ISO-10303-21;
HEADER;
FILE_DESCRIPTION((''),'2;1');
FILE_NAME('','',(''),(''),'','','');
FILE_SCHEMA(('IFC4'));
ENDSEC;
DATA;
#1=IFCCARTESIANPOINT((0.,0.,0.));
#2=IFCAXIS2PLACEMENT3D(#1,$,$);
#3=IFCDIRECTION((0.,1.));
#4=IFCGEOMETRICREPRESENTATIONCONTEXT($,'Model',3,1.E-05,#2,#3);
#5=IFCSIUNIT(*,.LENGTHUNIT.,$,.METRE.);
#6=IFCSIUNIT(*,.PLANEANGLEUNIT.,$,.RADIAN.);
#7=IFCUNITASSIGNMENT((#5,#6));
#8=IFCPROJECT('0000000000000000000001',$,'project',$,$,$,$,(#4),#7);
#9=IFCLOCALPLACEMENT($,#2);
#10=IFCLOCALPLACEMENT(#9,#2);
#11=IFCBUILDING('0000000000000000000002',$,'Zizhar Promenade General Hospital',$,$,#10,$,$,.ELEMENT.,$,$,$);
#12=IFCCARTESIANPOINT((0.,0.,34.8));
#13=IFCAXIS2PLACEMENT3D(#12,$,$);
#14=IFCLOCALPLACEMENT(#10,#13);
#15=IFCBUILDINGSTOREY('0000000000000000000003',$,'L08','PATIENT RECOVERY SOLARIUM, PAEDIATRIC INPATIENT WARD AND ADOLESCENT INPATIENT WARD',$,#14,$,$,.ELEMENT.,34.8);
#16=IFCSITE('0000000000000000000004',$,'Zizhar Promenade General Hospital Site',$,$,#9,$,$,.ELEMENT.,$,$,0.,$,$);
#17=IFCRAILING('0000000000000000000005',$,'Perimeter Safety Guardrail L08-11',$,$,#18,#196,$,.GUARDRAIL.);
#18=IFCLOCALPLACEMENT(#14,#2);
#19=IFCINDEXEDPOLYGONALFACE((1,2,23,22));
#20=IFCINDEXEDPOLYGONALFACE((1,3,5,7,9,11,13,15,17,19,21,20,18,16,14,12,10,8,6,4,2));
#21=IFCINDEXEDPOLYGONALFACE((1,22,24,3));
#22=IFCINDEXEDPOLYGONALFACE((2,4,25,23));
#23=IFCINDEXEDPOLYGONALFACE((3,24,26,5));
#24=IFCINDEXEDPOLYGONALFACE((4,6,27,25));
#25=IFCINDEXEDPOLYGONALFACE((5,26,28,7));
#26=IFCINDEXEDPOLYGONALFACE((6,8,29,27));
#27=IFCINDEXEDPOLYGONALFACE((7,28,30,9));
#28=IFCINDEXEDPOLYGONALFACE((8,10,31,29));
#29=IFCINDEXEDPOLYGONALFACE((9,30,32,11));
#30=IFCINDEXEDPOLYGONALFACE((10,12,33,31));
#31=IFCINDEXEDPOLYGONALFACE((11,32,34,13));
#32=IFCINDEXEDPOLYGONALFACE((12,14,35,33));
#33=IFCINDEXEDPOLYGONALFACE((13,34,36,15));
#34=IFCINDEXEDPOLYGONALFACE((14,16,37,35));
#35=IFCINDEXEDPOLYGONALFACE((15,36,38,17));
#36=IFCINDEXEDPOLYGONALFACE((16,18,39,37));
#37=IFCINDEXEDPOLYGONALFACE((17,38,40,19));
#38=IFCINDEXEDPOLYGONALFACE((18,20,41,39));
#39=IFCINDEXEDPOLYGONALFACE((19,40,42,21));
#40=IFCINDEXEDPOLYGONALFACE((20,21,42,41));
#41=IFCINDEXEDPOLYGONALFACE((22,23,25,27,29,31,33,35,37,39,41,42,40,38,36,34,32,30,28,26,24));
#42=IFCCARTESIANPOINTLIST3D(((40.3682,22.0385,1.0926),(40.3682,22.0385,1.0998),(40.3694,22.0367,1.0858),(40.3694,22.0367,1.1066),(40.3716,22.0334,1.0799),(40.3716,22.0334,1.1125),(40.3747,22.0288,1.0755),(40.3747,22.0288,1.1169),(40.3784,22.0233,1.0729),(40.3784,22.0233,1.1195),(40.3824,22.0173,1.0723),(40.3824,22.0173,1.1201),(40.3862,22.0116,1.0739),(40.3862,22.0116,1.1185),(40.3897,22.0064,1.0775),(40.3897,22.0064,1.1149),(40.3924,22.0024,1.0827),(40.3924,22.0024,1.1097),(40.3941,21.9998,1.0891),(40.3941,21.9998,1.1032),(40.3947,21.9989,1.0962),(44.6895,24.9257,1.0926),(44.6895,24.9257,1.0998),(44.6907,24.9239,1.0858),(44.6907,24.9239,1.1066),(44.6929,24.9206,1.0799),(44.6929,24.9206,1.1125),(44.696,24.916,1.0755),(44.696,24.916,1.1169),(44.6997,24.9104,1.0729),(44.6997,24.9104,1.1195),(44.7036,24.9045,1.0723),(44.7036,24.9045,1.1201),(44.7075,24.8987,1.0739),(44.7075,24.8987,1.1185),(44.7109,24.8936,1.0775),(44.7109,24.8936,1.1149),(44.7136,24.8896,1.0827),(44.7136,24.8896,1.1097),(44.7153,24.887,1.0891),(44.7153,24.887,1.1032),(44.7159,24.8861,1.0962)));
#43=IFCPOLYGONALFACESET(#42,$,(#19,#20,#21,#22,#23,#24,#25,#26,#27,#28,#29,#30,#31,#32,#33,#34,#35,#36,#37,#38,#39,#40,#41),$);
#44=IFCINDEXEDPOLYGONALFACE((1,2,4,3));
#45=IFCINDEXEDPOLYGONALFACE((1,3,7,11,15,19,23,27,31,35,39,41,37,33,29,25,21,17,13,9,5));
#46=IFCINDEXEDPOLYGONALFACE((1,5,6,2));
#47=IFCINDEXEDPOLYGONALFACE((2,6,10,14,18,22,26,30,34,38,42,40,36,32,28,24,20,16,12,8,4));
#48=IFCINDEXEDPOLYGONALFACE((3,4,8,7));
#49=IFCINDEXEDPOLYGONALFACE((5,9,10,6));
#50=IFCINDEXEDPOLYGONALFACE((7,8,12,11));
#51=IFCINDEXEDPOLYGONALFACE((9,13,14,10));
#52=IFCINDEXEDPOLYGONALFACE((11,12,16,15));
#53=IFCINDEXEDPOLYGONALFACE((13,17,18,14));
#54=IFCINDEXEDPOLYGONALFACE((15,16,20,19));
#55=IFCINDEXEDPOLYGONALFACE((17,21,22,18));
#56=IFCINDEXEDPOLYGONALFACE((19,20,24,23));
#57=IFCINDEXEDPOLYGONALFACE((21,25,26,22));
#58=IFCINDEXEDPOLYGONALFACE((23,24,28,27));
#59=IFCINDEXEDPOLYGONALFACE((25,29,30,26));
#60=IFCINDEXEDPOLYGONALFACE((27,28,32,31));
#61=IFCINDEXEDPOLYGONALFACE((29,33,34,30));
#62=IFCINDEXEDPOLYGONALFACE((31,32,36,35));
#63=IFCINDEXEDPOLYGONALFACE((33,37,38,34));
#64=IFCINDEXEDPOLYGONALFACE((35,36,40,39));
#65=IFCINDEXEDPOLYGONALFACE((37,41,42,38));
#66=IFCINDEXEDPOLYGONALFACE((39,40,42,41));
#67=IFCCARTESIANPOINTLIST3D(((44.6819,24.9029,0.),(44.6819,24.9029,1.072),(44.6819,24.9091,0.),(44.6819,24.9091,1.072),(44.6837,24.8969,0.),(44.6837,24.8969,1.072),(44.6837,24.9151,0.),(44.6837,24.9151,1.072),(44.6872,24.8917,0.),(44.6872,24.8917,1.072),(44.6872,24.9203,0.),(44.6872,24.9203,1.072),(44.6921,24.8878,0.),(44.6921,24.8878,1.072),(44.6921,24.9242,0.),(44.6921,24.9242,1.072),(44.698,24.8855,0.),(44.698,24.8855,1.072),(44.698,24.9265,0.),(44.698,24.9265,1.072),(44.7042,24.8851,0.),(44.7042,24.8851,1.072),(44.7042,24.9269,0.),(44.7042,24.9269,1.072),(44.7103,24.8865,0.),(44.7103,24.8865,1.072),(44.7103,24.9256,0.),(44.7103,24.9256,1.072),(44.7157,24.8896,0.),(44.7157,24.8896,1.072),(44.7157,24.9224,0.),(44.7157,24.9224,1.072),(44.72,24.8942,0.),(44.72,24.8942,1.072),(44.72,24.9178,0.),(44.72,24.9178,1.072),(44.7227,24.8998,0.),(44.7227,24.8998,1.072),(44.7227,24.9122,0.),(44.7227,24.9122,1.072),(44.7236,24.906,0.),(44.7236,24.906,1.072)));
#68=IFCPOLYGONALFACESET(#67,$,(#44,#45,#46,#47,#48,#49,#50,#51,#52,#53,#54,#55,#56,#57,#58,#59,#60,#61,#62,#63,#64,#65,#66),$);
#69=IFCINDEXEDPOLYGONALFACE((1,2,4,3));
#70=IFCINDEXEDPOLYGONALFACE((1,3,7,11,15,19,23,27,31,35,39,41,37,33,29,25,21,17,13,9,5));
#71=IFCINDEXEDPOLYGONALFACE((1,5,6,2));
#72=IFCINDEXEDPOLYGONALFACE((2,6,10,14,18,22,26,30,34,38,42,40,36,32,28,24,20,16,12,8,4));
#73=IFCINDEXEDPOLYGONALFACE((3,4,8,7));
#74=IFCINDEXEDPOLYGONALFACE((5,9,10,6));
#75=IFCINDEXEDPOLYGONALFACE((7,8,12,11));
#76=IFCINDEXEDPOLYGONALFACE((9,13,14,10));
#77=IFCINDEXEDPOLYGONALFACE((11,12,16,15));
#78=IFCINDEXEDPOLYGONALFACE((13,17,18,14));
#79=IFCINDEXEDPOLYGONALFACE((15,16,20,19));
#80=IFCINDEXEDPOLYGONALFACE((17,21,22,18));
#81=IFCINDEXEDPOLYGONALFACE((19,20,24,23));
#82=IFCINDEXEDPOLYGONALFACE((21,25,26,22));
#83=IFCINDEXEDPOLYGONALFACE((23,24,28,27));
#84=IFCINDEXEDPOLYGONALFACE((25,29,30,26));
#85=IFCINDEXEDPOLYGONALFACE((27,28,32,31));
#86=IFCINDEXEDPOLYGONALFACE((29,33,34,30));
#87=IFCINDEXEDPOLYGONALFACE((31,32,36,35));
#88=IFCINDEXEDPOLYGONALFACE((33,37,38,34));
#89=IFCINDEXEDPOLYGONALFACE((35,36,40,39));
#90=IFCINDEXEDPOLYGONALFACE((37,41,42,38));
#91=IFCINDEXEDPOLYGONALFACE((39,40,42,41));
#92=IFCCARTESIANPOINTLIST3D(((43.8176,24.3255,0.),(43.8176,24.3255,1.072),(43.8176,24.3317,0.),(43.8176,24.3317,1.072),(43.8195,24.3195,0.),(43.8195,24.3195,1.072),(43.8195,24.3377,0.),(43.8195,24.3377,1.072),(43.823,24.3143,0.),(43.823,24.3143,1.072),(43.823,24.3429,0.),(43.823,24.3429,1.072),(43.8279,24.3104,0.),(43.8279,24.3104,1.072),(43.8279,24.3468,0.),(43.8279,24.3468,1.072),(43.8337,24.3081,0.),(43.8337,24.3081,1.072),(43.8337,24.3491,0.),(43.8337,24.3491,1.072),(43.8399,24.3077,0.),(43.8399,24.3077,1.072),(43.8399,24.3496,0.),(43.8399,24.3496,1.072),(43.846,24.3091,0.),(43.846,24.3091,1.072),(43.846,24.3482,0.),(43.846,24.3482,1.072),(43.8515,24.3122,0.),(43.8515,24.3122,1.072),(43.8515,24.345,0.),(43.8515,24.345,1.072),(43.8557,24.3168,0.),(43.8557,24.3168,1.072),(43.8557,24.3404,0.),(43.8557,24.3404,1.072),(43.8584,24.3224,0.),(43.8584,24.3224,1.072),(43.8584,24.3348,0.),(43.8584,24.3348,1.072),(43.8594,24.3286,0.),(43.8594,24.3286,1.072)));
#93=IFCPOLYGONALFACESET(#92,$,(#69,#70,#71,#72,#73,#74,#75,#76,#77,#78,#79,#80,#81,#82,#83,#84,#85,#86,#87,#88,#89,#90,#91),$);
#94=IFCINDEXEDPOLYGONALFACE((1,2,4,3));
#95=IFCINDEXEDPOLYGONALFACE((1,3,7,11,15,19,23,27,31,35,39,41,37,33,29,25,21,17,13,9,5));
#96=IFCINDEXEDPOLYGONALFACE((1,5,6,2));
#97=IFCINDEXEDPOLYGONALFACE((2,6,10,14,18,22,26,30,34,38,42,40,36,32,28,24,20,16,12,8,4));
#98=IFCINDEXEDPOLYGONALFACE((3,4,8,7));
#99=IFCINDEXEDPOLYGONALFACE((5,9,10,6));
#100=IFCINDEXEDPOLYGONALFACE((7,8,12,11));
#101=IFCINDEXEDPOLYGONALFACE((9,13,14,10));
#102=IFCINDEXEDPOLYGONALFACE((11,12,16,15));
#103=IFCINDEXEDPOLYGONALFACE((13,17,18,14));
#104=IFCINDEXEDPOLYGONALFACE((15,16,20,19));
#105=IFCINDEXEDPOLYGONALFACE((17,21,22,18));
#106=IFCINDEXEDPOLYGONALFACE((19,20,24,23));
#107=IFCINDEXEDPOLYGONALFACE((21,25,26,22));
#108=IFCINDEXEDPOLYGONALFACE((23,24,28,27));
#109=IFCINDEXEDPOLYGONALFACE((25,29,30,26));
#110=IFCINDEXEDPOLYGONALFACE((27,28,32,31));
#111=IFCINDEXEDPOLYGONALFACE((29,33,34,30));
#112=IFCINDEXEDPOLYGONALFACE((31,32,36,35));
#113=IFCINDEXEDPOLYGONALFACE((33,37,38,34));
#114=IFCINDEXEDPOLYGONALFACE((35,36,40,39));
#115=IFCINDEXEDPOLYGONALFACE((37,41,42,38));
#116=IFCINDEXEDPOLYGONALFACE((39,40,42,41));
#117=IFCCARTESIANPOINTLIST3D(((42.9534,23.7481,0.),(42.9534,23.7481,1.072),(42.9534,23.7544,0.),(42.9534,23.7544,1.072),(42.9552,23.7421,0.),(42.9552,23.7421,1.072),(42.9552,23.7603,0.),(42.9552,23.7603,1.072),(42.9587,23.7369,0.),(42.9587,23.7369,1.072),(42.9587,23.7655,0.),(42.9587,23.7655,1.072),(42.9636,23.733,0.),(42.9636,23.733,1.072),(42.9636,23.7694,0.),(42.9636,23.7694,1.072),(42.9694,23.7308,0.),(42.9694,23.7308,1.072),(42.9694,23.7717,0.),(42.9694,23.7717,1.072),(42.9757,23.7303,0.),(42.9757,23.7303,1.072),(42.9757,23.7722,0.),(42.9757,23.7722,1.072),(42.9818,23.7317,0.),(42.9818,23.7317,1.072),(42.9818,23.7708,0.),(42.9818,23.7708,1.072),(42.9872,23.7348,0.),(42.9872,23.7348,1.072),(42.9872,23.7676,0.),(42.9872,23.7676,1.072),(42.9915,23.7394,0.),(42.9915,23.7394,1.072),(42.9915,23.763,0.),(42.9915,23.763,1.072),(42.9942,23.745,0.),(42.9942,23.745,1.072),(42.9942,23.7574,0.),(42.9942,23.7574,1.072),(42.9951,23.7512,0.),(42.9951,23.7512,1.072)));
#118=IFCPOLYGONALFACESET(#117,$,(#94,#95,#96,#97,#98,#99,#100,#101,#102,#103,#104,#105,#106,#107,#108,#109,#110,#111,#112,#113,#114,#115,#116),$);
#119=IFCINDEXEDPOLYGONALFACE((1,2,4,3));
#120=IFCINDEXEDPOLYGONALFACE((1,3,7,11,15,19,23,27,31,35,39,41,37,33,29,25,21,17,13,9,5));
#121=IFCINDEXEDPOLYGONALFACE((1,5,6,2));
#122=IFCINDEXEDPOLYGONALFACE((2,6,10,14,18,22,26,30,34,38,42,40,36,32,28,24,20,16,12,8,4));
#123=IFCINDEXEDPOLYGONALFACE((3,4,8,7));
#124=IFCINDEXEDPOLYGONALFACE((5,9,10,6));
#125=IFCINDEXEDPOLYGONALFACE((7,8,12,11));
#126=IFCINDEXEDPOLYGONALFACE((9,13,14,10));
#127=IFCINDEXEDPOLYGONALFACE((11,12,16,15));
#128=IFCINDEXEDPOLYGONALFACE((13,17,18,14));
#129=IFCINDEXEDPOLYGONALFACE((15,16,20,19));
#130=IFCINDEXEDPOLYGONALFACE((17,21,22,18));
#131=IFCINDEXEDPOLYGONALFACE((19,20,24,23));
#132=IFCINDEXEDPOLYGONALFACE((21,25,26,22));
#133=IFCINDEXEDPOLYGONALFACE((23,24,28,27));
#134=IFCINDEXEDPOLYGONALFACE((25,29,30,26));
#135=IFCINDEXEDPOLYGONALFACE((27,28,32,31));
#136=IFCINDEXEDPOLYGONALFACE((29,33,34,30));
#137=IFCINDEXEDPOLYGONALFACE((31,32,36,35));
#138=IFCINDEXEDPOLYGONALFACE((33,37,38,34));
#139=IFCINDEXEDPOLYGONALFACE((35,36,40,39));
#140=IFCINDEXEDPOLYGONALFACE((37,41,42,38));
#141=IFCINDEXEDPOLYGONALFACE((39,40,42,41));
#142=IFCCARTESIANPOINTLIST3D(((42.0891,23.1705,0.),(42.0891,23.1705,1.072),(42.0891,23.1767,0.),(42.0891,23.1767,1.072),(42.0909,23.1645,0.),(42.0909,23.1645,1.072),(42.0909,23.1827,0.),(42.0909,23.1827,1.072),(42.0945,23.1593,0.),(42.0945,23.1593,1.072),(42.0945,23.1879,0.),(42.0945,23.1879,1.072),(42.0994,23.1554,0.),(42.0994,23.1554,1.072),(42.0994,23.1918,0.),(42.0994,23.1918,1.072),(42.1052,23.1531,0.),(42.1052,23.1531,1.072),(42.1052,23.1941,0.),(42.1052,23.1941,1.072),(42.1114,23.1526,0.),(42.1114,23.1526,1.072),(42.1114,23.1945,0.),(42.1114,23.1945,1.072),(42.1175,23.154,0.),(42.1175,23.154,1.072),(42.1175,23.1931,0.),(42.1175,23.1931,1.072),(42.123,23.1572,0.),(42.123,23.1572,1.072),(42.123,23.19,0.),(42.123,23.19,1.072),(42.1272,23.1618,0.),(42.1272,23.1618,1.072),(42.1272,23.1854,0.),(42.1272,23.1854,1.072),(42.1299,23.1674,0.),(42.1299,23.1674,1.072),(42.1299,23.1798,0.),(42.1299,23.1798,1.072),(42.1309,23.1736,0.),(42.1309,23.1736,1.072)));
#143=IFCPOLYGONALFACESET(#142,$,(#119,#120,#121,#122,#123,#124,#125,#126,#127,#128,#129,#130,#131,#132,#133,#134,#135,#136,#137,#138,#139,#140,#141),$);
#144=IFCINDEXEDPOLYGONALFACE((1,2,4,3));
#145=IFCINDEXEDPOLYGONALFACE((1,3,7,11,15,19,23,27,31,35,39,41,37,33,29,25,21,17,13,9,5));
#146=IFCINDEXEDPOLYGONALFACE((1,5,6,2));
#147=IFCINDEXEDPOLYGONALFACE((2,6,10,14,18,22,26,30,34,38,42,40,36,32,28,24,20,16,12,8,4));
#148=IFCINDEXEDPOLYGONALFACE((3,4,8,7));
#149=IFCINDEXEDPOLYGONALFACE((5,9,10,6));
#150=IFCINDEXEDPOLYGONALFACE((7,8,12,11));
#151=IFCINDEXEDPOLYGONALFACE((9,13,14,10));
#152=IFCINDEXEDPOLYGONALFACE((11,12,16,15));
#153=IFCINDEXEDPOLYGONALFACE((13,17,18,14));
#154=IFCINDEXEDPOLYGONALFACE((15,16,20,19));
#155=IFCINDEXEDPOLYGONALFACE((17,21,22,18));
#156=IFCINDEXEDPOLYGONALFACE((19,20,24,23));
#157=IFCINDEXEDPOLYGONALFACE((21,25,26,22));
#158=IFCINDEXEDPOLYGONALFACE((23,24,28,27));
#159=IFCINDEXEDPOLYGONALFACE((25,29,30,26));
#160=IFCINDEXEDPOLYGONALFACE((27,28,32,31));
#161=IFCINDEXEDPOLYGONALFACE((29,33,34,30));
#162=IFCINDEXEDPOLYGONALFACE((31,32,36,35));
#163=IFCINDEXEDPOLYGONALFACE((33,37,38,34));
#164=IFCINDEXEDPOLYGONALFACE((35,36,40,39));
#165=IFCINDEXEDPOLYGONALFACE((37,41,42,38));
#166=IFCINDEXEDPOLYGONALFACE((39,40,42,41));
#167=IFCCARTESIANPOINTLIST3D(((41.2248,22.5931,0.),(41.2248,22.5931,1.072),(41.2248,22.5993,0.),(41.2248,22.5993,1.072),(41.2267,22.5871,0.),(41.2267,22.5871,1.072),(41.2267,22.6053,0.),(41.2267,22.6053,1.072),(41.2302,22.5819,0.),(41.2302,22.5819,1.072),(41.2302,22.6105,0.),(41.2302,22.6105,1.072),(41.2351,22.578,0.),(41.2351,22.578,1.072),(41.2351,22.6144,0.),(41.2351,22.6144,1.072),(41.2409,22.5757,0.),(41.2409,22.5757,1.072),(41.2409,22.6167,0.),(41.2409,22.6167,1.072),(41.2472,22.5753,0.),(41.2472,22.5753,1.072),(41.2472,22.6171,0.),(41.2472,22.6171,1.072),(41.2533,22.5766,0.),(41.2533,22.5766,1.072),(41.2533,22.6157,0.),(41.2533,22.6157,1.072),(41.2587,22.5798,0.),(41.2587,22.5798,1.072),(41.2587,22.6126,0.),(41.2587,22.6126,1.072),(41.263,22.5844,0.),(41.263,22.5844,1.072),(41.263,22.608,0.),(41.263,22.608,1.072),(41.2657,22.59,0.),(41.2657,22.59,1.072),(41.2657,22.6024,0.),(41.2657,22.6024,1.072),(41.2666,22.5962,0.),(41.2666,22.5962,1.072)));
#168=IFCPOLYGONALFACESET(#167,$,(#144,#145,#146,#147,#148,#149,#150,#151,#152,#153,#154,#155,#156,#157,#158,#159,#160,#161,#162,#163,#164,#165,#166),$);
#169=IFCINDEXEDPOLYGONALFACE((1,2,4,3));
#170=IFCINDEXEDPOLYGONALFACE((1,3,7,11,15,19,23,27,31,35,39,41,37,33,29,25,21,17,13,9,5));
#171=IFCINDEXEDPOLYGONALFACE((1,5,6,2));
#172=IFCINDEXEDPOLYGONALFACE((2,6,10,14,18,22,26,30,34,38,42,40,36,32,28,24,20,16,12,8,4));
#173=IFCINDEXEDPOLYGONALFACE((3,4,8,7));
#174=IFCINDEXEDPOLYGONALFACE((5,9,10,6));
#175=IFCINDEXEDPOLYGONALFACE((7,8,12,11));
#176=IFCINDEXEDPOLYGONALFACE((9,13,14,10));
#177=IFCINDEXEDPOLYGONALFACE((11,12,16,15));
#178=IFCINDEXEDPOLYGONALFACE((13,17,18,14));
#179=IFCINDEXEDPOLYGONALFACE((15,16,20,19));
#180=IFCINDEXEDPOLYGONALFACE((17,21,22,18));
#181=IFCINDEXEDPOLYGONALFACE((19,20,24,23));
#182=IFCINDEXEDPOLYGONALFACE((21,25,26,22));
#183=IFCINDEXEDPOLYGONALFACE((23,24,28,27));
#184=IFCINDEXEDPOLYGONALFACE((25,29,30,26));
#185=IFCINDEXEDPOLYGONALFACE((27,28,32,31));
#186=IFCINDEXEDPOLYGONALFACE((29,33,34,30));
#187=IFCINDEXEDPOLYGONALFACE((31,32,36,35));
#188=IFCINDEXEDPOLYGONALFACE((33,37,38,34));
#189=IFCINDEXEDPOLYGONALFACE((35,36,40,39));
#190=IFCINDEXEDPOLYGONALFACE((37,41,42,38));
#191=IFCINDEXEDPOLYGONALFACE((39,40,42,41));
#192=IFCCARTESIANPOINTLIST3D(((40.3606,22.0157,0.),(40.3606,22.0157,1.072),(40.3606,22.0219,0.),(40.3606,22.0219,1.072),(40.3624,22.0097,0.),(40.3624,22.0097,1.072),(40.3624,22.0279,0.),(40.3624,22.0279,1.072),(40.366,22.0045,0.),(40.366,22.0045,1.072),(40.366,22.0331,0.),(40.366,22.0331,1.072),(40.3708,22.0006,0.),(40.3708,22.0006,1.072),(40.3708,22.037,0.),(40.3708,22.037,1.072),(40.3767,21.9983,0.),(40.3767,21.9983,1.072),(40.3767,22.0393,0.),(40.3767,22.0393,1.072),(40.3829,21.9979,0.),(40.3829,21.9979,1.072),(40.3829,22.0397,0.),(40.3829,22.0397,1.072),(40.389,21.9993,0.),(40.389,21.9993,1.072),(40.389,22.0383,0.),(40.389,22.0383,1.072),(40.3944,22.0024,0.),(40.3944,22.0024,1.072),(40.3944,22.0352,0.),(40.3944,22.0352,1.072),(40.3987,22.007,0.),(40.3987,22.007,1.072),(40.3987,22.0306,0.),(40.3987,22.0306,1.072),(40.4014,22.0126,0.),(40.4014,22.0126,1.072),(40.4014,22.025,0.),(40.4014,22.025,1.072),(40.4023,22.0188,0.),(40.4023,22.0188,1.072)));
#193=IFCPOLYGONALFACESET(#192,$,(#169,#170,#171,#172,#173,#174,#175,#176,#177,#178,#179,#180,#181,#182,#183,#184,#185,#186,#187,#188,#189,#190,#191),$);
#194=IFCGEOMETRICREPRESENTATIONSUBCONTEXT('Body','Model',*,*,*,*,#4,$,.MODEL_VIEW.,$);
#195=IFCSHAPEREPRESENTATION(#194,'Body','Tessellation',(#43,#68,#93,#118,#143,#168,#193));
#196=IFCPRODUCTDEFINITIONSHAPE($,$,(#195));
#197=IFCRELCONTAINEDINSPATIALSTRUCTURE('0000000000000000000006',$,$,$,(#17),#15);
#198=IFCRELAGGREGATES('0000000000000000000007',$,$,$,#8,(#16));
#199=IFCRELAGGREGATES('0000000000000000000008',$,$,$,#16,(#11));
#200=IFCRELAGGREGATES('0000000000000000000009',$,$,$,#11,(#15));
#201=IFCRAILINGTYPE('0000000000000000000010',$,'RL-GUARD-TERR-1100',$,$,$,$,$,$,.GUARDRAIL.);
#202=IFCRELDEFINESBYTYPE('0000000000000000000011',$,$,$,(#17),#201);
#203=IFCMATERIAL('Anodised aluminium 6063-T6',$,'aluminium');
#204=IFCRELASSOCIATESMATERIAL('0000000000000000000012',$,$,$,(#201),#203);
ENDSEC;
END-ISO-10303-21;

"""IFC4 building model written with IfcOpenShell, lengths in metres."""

from ifc_helpers import new_model, si_unit, direction, frame, origin, origin_2d, place, context, subcontext, project, spatial, circle, hollow_circle, extrude, material, material_profile, profile_set, type_object, element, save


model = new_model("IFC4")

# Units and contexts
model_context = context("Model", 3, precision=1e-05, world=origin(), true_north=direction((0.0, 1.0)))
body_context = subcontext(model_context, "Body", "Model", "MODEL_VIEW")
ifc_project = project(units=[si_unit("LENGTHUNIT", "METRE"), si_unit("PLANEANGLEUNIT", "RADIAN")], contexts=[model_context])

# Site, building, storey
site_placement = place(None, origin())
site = spatial("IfcSite", under=ifc_project, at=site_placement, Name="Zizhar Promenade General Hospital Site", CompositionType="ELEMENT", RefElevation=0.0)
building_placement = place(site_placement, origin())
building = spatial("IfcBuilding", under=site, at=building_placement, Name="Zizhar Promenade General Hospital", CompositionType="ELEMENT")
storey_placement = place(building_placement, frame((0.0, 0.0, 34.8)))
storey = spatial("IfcBuildingStorey", under=building, at=storey_placement, Name="L08", Description="PATIENT RECOVERY SOLARIUM, PAEDIATRIC INPATIENT WARD AND ADOLESCENT INPATIENT WARD", CompositionType="ELEMENT", Elevation=34.8)

# Railing
ifc_material_1 = material(Name="Anodised aluminium 6063-T6", Category="aluminium")
ifc_material_profile_1 = material_profile(ifc_material_1, hollow_circle(Radius=0.0698, WallThickness=0.0063, at=origin_2d()))
ifc_profile_set_1 = profile_set([ifc_material_profile_1], Name="Anodised aluminium 6063-T6")
railing_type = type_object("IfcRailingType", Name="RL-GUARD-TERR-1100", PredefinedType="GUARDRAIL", material=ifc_profile_set_1)
railing_1_placement = place(storey_placement, frame((44.7026, 24.906, 0.0)))
element("IfcRailing", 1, at=railing_1_placement, inside=storey, type_object=railing_type, Name="Perimeter Safety Guardrail L08-11", PredefinedType="GUARDRAIL", context=body_context, shape_type="SweptSolid", body=[
    extrude(circle(Radius=0.0239, at=origin_2d()), frame((0.0, 0.0, 1.0962), z_axis=(-0.831486, -0.555545, 0.0), x_axis=(0.555545, -0.831486, 0.0)), (0.0, 0.0, 1.0), 5.197),
    extrude(circle(Radius=0.021, at=origin_2d()), origin(), (0.0, 0.0, 1.0), 1.072),
    extrude(circle(Radius=0.021, at=origin_2d()), frame((-0.8643, -0.5774, 0.0)), (0.0, 0.0, 1.0), 1.072),
    extrude(circle(Radius=0.021, at=origin_2d()), frame((-1.7285, -1.1548, 0.0)), (0.0, 0.0, 1.0), 1.072),
    extrude(circle(Radius=0.021, at=origin_2d()), frame((-2.5928, -1.7324, 0.0)), (0.0, 0.0, 1.0), 1.072),
    extrude(circle(Radius=0.021, at=origin_2d()), frame((-3.457, -2.3098, 0.0)), (0.0, 0.0, 1.0), 1.072),
    extrude(circle(Radius=0.021, at=origin_2d()), frame((-4.3213, -2.8872, 0.0)), (0.0, 0.0, 1.0), 1.072),
])

save(model, "model.ifc")
